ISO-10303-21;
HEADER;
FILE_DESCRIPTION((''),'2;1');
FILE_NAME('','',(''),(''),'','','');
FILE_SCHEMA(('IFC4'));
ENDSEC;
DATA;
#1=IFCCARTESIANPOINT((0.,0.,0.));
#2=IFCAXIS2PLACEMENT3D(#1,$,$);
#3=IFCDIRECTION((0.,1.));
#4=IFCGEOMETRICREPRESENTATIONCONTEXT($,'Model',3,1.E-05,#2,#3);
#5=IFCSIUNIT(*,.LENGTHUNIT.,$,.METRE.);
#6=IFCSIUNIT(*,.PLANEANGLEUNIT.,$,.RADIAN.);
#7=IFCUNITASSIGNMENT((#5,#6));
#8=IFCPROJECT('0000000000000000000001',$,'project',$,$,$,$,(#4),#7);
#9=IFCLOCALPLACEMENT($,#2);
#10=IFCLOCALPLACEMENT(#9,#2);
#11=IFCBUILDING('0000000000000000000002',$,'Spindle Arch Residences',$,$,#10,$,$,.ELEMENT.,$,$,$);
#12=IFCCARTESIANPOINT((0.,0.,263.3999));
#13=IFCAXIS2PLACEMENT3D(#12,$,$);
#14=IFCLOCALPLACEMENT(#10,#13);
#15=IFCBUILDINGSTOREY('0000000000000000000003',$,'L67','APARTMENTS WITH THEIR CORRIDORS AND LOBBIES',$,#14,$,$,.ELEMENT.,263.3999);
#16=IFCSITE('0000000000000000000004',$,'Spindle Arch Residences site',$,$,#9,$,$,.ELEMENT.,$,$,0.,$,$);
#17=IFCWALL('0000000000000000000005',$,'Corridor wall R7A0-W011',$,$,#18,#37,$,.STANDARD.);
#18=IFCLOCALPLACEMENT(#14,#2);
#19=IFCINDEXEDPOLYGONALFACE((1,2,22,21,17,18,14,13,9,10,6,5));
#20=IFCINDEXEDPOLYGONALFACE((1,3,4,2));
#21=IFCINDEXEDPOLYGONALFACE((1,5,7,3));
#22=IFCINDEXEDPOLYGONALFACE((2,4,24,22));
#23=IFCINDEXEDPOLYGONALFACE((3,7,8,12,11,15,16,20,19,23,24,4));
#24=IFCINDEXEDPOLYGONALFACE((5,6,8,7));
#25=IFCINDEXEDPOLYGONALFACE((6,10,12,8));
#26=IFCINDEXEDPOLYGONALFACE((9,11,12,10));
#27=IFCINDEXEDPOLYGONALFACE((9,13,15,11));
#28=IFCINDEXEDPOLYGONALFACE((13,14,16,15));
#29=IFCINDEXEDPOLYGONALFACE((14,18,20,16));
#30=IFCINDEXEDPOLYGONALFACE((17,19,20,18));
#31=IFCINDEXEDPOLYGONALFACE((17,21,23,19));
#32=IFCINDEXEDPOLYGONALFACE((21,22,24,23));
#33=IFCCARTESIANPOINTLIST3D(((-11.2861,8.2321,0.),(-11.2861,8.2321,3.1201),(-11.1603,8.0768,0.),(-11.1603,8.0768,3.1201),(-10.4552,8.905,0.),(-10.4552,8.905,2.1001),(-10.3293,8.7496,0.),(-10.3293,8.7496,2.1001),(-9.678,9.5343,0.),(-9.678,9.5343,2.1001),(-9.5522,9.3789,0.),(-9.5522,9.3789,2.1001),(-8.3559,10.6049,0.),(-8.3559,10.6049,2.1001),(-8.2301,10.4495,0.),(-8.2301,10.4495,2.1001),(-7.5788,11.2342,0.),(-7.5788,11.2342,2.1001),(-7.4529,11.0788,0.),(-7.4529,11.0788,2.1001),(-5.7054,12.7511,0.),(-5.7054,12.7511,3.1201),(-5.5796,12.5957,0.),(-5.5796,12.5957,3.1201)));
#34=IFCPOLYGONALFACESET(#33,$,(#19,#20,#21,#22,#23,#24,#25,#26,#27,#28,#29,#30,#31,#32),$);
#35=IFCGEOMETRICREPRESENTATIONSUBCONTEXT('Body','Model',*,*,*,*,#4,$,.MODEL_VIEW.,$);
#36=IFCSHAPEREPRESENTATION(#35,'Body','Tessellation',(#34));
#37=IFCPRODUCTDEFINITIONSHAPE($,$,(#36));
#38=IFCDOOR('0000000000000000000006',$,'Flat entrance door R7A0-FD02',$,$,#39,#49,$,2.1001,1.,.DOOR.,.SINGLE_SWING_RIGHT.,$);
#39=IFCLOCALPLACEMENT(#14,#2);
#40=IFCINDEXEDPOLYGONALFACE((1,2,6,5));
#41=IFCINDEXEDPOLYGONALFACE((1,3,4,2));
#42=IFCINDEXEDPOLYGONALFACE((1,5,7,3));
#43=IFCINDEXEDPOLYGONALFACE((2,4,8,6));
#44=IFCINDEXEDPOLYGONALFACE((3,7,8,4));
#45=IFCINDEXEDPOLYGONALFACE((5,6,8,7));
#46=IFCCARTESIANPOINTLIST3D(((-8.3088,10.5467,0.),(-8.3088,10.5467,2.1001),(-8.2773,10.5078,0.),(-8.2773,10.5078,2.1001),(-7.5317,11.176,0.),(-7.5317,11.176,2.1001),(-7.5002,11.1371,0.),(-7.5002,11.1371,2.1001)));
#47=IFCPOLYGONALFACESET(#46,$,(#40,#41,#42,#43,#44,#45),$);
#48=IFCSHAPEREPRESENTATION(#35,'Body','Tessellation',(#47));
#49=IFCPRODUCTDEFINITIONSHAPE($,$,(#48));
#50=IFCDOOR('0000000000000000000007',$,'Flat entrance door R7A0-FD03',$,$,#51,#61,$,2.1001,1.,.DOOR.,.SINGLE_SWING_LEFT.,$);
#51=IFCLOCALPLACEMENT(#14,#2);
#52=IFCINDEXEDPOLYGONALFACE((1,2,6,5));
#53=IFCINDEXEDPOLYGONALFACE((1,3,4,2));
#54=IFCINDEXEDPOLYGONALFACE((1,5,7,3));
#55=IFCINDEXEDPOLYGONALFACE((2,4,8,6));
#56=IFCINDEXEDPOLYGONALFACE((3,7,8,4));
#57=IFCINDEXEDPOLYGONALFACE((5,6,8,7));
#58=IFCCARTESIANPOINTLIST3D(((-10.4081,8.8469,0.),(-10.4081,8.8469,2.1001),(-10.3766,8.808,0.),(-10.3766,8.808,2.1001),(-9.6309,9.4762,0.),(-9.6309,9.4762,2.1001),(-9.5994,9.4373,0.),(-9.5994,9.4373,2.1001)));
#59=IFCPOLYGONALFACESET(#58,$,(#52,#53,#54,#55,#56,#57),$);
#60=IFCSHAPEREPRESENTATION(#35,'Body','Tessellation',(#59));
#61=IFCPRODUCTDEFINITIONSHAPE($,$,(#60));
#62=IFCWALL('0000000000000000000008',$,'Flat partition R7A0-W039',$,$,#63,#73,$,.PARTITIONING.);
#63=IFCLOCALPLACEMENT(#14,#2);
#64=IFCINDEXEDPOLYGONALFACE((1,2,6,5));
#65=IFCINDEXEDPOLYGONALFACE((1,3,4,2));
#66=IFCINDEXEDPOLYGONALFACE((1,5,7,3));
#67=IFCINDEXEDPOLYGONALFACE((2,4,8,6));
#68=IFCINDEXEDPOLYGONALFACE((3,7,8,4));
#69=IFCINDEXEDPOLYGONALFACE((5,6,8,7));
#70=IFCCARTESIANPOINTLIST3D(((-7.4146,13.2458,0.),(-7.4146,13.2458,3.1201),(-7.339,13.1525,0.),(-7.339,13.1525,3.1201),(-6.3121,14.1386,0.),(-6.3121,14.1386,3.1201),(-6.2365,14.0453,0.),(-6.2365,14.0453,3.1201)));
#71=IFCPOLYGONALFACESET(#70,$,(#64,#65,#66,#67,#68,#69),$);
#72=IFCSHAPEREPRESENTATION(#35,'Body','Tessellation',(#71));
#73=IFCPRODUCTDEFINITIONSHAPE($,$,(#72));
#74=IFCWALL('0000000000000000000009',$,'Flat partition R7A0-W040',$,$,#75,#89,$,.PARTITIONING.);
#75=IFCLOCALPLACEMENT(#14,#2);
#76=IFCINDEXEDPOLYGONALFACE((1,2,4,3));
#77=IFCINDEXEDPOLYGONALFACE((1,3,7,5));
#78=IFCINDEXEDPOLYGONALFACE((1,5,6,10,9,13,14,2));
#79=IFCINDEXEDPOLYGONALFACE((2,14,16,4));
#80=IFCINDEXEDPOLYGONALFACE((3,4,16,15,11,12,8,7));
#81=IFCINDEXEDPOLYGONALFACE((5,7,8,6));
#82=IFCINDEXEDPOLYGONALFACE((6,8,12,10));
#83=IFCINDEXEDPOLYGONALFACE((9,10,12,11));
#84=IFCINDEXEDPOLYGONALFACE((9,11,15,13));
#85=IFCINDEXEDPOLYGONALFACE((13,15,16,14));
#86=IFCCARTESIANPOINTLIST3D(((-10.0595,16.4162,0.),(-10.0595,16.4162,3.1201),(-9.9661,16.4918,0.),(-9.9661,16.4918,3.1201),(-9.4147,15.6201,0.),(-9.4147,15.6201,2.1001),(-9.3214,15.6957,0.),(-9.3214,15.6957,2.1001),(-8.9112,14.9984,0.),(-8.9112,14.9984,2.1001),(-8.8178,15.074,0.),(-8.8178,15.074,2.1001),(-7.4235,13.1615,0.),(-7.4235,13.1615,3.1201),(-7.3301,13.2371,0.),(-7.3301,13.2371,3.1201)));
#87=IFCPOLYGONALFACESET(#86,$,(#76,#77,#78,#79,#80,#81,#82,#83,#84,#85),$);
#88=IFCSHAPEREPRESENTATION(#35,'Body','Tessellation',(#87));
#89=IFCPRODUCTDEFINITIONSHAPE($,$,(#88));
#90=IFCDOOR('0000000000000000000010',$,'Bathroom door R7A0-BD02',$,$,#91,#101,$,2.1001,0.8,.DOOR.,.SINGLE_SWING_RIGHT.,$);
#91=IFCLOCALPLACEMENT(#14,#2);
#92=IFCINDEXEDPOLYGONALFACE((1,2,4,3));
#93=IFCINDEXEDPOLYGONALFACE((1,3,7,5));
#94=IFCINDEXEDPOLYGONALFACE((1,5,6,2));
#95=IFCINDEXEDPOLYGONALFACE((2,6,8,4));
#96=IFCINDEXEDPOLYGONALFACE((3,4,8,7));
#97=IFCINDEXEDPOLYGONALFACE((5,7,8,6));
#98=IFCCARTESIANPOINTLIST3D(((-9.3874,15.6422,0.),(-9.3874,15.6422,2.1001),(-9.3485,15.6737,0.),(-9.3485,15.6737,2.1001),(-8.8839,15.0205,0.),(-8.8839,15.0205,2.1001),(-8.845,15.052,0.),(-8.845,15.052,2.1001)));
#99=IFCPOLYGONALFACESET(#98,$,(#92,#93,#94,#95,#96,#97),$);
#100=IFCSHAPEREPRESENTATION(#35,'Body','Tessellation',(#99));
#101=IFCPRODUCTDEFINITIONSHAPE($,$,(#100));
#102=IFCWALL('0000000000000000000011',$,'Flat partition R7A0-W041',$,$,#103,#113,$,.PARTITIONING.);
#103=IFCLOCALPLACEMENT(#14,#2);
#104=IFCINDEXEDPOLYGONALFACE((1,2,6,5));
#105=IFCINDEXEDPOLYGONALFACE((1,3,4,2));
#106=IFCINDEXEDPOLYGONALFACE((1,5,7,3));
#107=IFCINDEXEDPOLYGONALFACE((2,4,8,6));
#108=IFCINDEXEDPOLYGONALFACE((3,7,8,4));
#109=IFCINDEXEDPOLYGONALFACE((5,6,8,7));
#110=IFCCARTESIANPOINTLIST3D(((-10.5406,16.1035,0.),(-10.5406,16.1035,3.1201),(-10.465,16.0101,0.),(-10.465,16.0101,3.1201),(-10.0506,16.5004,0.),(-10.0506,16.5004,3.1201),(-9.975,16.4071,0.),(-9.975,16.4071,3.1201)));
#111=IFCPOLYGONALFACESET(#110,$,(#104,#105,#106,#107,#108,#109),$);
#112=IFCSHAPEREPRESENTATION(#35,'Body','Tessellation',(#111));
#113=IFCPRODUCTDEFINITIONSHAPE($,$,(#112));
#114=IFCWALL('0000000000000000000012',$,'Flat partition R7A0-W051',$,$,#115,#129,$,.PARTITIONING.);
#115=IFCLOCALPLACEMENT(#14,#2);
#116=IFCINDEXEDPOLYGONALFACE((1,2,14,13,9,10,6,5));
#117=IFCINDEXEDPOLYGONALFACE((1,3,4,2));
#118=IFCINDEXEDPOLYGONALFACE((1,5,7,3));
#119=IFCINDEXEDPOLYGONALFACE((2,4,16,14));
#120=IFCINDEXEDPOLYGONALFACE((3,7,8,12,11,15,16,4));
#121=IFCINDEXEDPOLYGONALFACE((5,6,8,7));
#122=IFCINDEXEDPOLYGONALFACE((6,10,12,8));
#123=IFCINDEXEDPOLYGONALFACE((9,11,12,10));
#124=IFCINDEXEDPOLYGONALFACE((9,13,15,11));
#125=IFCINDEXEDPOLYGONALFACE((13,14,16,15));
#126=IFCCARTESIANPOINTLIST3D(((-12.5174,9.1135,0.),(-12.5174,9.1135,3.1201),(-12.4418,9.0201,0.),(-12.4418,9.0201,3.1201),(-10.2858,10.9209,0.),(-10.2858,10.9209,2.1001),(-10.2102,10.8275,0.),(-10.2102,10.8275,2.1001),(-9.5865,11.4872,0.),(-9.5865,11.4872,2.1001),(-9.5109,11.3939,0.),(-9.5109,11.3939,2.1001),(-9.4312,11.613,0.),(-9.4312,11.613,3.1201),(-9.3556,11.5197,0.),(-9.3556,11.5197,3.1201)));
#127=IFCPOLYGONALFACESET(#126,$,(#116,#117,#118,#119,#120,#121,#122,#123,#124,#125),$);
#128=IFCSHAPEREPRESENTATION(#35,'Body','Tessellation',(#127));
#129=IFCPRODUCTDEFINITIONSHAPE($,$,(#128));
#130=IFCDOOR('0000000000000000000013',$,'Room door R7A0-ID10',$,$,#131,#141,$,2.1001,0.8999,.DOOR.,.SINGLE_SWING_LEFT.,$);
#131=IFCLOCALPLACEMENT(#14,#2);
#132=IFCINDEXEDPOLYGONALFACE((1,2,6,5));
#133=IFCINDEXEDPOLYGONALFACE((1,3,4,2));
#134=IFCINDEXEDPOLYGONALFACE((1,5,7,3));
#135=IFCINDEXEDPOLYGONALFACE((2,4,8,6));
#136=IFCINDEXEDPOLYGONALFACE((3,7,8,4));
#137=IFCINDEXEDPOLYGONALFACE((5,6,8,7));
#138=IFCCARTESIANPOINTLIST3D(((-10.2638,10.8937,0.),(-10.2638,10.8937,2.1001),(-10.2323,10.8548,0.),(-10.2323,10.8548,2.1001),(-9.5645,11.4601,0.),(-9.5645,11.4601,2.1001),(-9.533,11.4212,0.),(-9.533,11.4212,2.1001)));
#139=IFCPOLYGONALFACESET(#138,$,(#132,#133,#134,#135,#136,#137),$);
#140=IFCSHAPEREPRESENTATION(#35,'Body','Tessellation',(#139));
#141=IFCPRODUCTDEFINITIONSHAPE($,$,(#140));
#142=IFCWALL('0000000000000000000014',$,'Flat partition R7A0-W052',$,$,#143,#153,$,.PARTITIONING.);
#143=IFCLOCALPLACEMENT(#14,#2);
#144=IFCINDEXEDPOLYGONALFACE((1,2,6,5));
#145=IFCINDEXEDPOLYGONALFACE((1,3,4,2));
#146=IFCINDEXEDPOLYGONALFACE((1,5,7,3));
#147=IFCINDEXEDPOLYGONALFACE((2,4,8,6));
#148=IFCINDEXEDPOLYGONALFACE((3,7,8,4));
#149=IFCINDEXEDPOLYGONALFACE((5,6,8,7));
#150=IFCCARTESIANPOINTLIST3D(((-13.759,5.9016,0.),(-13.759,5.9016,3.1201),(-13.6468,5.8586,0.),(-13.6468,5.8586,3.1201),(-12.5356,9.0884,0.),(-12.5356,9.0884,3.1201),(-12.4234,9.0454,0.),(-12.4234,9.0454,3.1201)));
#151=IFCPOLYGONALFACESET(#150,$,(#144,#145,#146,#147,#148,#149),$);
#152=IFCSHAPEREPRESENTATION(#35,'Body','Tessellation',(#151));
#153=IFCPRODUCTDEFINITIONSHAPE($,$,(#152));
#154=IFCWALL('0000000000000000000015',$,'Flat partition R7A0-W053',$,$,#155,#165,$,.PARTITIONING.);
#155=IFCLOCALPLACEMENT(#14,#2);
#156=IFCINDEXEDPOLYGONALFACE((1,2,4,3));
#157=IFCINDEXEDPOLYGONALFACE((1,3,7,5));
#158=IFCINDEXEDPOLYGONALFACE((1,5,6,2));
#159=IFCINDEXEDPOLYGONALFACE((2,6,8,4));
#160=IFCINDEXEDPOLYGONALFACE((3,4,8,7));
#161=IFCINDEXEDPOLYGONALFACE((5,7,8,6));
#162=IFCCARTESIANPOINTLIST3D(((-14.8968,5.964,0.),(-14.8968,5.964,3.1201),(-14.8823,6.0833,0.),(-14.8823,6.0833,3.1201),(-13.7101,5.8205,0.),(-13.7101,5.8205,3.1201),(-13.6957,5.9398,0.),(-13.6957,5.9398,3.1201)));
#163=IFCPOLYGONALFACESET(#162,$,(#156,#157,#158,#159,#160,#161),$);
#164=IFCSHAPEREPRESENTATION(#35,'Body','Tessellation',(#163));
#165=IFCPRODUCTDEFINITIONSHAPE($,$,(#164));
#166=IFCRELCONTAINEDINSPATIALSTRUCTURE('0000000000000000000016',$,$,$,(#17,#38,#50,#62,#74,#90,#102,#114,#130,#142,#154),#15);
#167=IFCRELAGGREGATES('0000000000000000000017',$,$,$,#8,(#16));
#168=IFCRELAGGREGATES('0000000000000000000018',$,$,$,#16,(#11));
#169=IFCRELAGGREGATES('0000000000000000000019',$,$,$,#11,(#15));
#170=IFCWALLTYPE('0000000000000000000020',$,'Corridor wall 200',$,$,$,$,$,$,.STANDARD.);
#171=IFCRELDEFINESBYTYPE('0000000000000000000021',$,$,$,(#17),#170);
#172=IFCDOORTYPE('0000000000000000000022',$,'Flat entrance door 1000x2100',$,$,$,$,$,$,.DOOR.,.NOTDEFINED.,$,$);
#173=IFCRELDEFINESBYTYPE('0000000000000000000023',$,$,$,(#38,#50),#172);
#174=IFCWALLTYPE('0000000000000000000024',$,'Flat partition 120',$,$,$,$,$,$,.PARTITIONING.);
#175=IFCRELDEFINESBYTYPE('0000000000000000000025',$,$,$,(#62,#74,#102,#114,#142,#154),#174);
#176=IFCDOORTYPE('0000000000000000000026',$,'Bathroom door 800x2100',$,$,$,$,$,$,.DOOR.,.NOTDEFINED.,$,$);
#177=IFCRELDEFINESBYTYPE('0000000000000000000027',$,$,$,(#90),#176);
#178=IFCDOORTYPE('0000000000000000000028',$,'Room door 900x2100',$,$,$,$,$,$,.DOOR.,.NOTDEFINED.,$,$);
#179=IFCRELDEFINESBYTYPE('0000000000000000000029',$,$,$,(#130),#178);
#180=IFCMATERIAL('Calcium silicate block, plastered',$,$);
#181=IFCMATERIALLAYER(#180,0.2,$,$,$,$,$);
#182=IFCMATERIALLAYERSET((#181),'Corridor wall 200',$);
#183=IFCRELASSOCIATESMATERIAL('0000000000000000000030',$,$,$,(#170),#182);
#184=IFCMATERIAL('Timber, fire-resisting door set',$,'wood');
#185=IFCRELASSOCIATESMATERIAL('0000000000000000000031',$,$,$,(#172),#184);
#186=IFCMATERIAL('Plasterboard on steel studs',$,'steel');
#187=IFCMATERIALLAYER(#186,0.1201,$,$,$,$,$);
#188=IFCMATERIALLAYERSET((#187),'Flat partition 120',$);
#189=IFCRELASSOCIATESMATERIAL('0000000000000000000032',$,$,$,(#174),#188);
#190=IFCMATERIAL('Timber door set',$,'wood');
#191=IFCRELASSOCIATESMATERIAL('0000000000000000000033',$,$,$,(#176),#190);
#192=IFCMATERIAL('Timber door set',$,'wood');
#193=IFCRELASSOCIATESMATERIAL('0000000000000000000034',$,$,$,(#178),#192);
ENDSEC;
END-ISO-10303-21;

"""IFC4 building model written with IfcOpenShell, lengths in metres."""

from ifc_helpers import new_model, si_unit, direction, frame, frame_2d, origin, place, context, subcontext, project, spatial, rectangle, extrude, material, layer, layer_set, type_object, element, fill, save


model = new_model("IFC4")

# Units and contexts
model_context = context("Model", 3, precision=1e-05, world=origin(), true_north=direction((0.0, 1.0)))
body_context = subcontext(model_context, "Body", "Model", "MODEL_VIEW")
ifc_project = project(units=[si_unit("LENGTHUNIT", "METRE"), si_unit("PLANEANGLEUNIT", "RADIAN")], contexts=[model_context])

# Site, building, storey
site_placement = place(None, origin())
site = spatial("IfcSite", under=ifc_project, at=site_placement, Name="Spindle Arch Residences site", CompositionType="ELEMENT", RefElevation=0.0)
building_placement = place(site_placement, origin())
building = spatial("IfcBuilding", under=site, at=building_placement, Name="Spindle Arch Residences", CompositionType="ELEMENT")
storey_placement = place(building_placement, frame((0.0, 0.0, 263.3999)))
storey = spatial("IfcBuildingStorey", under=building, at=storey_placement, Name="L67", Description="APARTMENTS WITH THEIR CORRIDORS AND LOBBIES", CompositionType="ELEMENT", Elevation=263.3999)

# Wall, openings, doors
ifc_material_1 = material(Name="Calcium silicate block, plastered")
ifc_layer_1 = layer(ifc_material_1, 0.2)
ifc_layer_set_1 = layer_set([ifc_layer_1], Name="Corridor wall 200")
wall_type_1 = type_object("IfcWallType", Name="Corridor wall 200", PredefinedType="STANDARD", material=ifc_layer_set_1)
wall_1_placement = place(storey_placement, frame((-5.6426, 12.6733, 0.0), z_axis=(0.0, 0.0, 1.0), x_axis=(-0.77716, -0.629303, 0.0)))
wall_1 = element("IfcWall", 1, at=wall_1_placement, inside=storey, type_object=wall_type_1, Name="Corridor wall R7A0-W011", PredefinedType="STANDARD", context=body_context, shape_type="SweptSolid", body=[
    extrude(rectangle(XDim=7.1809, YDim=0.2, at=frame_2d((3.5903, 0.0))), origin(), (0.0, 0.0, 1.0), 3.1201),
])
opening_1_placement = place(wall_1_placement, frame((2.4104, 0.0, 0.0)))
opening_1 = element("IfcOpeningElement", 2, at=opening_1_placement, cuts=wall_1, PredefinedType="OPENING", context=body_context, shape_type="SweptSolid", body=[
    extrude(rectangle(XDim=1.0, YDim=2.1001, at=frame_2d((0.5, 1.05))), frame((0.0, 0.1099, 0.0), z_axis=(0.0, -1.0, 0.0), x_axis=(1.0, 0.0, 0.0)), (0.0, 0.0, 1.0), 0.22),
])
opening_2_placement = place(wall_1_placement, frame((5.1116, 0.0, 0.0)))
opening_2 = element("IfcOpeningElement", 3, at=opening_2_placement, cuts=wall_1, PredefinedType="OPENING", context=body_context, shape_type="SweptSolid", body=[
    extrude(rectangle(XDim=1.0, YDim=2.1001, at=frame_2d((0.5, 1.05))), frame((0.0, 0.1099, 0.0), z_axis=(0.0, -1.0, 0.0), x_axis=(1.0, 0.0, 0.0)), (0.0, 0.0, 1.0), 0.22),
])
ifc_material_2 = material(Name="Timber, fire-resisting door set", Category="wood")
door_type_1 = type_object("IfcDoorType", Name="Flat entrance door 1000x2100", OperationType="NOTDEFINED", PredefinedType="DOOR", material=ifc_material_2)
door_1_placement = place(opening_1_placement, origin())
door_1 = element("IfcDoor", 4, at=door_1_placement, inside=storey, type_object=door_type_1, Name="Flat entrance door R7A0-FD02", OperationType="SINGLE_SWING_RIGHT", OverallHeight=2.1001, OverallWidth=1.0, PredefinedType="DOOR", context=body_context, shape_type="SweptSolid", body=[
    extrude(rectangle(XDim=1.0, YDim=2.1001, at=frame_2d((0.5, 1.05))), frame((0.0, 0.0249, 0.0), z_axis=(0.0, -1.0, 0.0), x_axis=(1.0, 0.0, 0.0)), (0.0, 0.0, 1.0), 0.05),
])
fill(opening_1, door_1)
door_2_placement = place(opening_2_placement, origin())
door_2 = element("IfcDoor", 5, at=door_2_placement, inside=storey, type_object=door_type_1, Name="Flat entrance door R7A0-FD03", OperationType="SINGLE_SWING_LEFT", OverallHeight=2.1001, OverallWidth=1.0, PredefinedType="DOOR", context=body_context, shape_type="SweptSolid", body=[
    extrude(rectangle(XDim=1.0, YDim=2.1001, at=frame_2d((0.5, 1.05))), frame((0.0, 0.0249, 0.0), z_axis=(0.0, -1.0, 0.0), x_axis=(1.0, 0.0, 0.0)), (0.0, 0.0, 1.0), 0.05),
])
fill(opening_2, door_2)

# Wall
ifc_material_3 = material(Name="Plasterboard on steel studs", Category="steel")
ifc_layer_2 = layer(ifc_material_3, 0.1201)
ifc_layer_set_2 = layer_set([ifc_layer_2], Name="Flat partition 120")
wall_type_2 = type_object("IfcWallType", Name="Flat partition 120", PredefinedType="PARTITIONING", material=ifc_layer_set_2)
wall_2_placement = place(storey_placement, frame((-6.2742, 14.092, 0.0), z_axis=(0.0, 0.0, 1.0), x_axis=(-0.777145, -0.629322, 0.0)))
element("IfcWall", 6, at=wall_2_placement, inside=storey, type_object=wall_type_2, Name="Flat partition R7A0-W039", PredefinedType="PARTITIONING", context=body_context, shape_type="SweptSolid", body=[
    extrude(rectangle(XDim=1.4187, YDim=0.1201, at=frame_2d((0.7095, 0.0))), origin(), (0.0, 0.0, 1.0), 3.1201),
])

# Wall, opening, door
wall_3_placement = place(storey_placement, frame((-7.3767, 13.1992, 0.0), z_axis=(0.0, 0.0, 1.0), x_axis=(-0.629383, 0.777096, 0.0)))
wall_3 = element("IfcWall", 7, at=wall_3_placement, inside=storey, type_object=wall_type_2, Name="Flat partition R7A0-W040", PredefinedType="PARTITIONING", context=body_context, shape_type="SweptSolid", body=[
    extrude(rectangle(XDim=4.1882, YDim=0.1201, at=frame_2d((2.0942, 0.0))), origin(), (0.0, 0.0, 1.0), 3.1201),
])
opening_3_placement = place(wall_3_placement, frame((2.364, 0.0, 0.0)))
opening_3 = element("IfcOpeningElement", 8, at=opening_3_placement, cuts=wall_3, PredefinedType="OPENING", context=body_context, shape_type="SweptSolid", body=[
    extrude(rectangle(XDim=0.8, YDim=2.1001, at=frame_2d((0.3999, 1.05))), frame((0.0, 0.0701, 0.0), z_axis=(0.0, -1.0, 0.0), x_axis=(1.0, 0.0, 0.0)), (0.0, 0.0, 1.0), 0.1401),
])
ifc_material_4 = material(Name="Timber door set", Category="wood")
door_type_2 = type_object("IfcDoorType", Name="Bathroom door 800x2100", OperationType="NOTDEFINED", PredefinedType="DOOR", material=ifc_material_4)
door_3_placement = place(opening_3_placement, origin())
door_3 = element("IfcDoor", 9, at=door_3_placement, inside=storey, type_object=door_type_2, Name="Bathroom door R7A0-BD02", OperationType="SINGLE_SWING_RIGHT", OverallHeight=2.1001, OverallWidth=0.8, PredefinedType="DOOR", context=body_context, shape_type="SweptSolid", body=[
    extrude(rectangle(XDim=0.8, YDim=2.1001, at=frame_2d((0.3999, 1.05))), frame((0.0, 0.0249, 0.0), z_axis=(0.0, -1.0, 0.0), x_axis=(1.0, 0.0, 0.0)), (0.0, 0.0, 1.0), 0.05),
])
fill(opening_3, door_3)

# Wall
wall_4_placement = place(storey_placement, frame((-10.0127, 16.4539, 0.0), z_axis=(0.0, 0.0, 1.0), x_axis=(-0.777001, -0.629499, 0.0)))
element("IfcWall", 10, at=wall_4_placement, inside=storey, type_object=wall_type_2, Name="Flat partition R7A0-W041", PredefinedType="PARTITIONING", context=body_context, shape_type="SweptSolid", body=[
    extrude(rectangle(XDim=0.6306, YDim=0.1201, at=frame_2d((0.3154, 0.0))), origin(), (0.0, 0.0, 1.0), 3.1201),
])

# Wall, opening, door
wall_5_placement = place(storey_placement, frame((-9.3933, 11.5664, 0.0), z_axis=(0.0, 0.0, 1.0), x_axis=(-0.7771, -0.629377, 0.0)))
wall_5 = element("IfcWall", 11, at=wall_5_placement, inside=storey, type_object=wall_type_2, Name="Flat partition R7A0-W051", PredefinedType="PARTITIONING", context=body_context, shape_type="SweptSolid", body=[
    extrude(rectangle(XDim=3.9714, YDim=0.1201, at=frame_2d((1.9858, 0.0))), origin(), (0.0, 0.0, 1.0), 3.1201),
])
opening_4_placement = place(wall_5_placement, frame((0.2, 0.0, 0.0)))
opening_4 = element("IfcOpeningElement", 12, at=opening_4_placement, cuts=wall_5, PredefinedType="OPENING", context=body_context, shape_type="SweptSolid", body=[
    extrude(rectangle(XDim=0.8999, YDim=2.1001, at=frame_2d((0.45, 1.05))), frame((0.0, 0.0701, 0.0), z_axis=(0.0, -1.0, 0.0), x_axis=(1.0, 0.0, 0.0)), (0.0, 0.0, 1.0), 0.1401),
])
ifc_material_5 = material(Name="Timber door set", Category="wood")
door_type_3 = type_object("IfcDoorType", Name="Room door 900x2100", OperationType="NOTDEFINED", PredefinedType="DOOR", material=ifc_material_5)
door_4_placement = place(opening_4_placement, origin())
door_4 = element("IfcDoor", 13, at=door_4_placement, inside=storey, type_object=door_type_3, Name="Room door R7A0-ID10", OperationType="SINGLE_SWING_LEFT", OverallHeight=2.1001, OverallWidth=0.8999, PredefinedType="DOOR", context=body_context, shape_type="SweptSolid", body=[
    extrude(rectangle(XDim=0.8999, YDim=2.1001, at=frame_2d((0.45, 1.05))), frame((0.0, 0.0249, 0.0), z_axis=(0.0, -1.0, 0.0), x_axis=(1.0, 0.0, 0.0)), (0.0, 0.0, 1.0), 0.05),
])
fill(opening_4, door_4)

# Walls
wall_6_placement = place(storey_placement, frame((-12.4795, 9.0669, 0.0), z_axis=(0.0, 0.0, 1.0), x_axis=(-0.358394, -0.93357, 0.0)))
element("IfcWall", 14, at=wall_6_placement, inside=storey, type_object=wall_type_2, Name="Flat partition R7A0-W052", PredefinedType="PARTITIONING", context=body_context, shape_type="SweptSolid", body=[
    extrude(rectangle(XDim=3.4136, YDim=0.1201, at=frame_2d((1.7068, 0.0))), origin(), (0.0, 0.0, 1.0), 3.1201),
])
wall_7_placement = place(storey_placement, frame((-13.7029, 5.8801, 0.0), z_axis=(0.0, 0.0, 1.0), x_axis=(-0.992763, 0.120087, 0.0)))
element("IfcWall", 15, at=wall_7_placement, inside=storey, type_object=wall_type_2, Name="Flat partition R7A0-W053", PredefinedType="PARTITIONING", context=body_context, shape_type="SweptSolid", body=[
    extrude(rectangle(XDim=1.1953, YDim=0.1201, at=frame_2d((0.5977, 0.0))), origin(), (0.0, 0.0, 1.0), 3.1201),
])

save(model, "model.ifc")
